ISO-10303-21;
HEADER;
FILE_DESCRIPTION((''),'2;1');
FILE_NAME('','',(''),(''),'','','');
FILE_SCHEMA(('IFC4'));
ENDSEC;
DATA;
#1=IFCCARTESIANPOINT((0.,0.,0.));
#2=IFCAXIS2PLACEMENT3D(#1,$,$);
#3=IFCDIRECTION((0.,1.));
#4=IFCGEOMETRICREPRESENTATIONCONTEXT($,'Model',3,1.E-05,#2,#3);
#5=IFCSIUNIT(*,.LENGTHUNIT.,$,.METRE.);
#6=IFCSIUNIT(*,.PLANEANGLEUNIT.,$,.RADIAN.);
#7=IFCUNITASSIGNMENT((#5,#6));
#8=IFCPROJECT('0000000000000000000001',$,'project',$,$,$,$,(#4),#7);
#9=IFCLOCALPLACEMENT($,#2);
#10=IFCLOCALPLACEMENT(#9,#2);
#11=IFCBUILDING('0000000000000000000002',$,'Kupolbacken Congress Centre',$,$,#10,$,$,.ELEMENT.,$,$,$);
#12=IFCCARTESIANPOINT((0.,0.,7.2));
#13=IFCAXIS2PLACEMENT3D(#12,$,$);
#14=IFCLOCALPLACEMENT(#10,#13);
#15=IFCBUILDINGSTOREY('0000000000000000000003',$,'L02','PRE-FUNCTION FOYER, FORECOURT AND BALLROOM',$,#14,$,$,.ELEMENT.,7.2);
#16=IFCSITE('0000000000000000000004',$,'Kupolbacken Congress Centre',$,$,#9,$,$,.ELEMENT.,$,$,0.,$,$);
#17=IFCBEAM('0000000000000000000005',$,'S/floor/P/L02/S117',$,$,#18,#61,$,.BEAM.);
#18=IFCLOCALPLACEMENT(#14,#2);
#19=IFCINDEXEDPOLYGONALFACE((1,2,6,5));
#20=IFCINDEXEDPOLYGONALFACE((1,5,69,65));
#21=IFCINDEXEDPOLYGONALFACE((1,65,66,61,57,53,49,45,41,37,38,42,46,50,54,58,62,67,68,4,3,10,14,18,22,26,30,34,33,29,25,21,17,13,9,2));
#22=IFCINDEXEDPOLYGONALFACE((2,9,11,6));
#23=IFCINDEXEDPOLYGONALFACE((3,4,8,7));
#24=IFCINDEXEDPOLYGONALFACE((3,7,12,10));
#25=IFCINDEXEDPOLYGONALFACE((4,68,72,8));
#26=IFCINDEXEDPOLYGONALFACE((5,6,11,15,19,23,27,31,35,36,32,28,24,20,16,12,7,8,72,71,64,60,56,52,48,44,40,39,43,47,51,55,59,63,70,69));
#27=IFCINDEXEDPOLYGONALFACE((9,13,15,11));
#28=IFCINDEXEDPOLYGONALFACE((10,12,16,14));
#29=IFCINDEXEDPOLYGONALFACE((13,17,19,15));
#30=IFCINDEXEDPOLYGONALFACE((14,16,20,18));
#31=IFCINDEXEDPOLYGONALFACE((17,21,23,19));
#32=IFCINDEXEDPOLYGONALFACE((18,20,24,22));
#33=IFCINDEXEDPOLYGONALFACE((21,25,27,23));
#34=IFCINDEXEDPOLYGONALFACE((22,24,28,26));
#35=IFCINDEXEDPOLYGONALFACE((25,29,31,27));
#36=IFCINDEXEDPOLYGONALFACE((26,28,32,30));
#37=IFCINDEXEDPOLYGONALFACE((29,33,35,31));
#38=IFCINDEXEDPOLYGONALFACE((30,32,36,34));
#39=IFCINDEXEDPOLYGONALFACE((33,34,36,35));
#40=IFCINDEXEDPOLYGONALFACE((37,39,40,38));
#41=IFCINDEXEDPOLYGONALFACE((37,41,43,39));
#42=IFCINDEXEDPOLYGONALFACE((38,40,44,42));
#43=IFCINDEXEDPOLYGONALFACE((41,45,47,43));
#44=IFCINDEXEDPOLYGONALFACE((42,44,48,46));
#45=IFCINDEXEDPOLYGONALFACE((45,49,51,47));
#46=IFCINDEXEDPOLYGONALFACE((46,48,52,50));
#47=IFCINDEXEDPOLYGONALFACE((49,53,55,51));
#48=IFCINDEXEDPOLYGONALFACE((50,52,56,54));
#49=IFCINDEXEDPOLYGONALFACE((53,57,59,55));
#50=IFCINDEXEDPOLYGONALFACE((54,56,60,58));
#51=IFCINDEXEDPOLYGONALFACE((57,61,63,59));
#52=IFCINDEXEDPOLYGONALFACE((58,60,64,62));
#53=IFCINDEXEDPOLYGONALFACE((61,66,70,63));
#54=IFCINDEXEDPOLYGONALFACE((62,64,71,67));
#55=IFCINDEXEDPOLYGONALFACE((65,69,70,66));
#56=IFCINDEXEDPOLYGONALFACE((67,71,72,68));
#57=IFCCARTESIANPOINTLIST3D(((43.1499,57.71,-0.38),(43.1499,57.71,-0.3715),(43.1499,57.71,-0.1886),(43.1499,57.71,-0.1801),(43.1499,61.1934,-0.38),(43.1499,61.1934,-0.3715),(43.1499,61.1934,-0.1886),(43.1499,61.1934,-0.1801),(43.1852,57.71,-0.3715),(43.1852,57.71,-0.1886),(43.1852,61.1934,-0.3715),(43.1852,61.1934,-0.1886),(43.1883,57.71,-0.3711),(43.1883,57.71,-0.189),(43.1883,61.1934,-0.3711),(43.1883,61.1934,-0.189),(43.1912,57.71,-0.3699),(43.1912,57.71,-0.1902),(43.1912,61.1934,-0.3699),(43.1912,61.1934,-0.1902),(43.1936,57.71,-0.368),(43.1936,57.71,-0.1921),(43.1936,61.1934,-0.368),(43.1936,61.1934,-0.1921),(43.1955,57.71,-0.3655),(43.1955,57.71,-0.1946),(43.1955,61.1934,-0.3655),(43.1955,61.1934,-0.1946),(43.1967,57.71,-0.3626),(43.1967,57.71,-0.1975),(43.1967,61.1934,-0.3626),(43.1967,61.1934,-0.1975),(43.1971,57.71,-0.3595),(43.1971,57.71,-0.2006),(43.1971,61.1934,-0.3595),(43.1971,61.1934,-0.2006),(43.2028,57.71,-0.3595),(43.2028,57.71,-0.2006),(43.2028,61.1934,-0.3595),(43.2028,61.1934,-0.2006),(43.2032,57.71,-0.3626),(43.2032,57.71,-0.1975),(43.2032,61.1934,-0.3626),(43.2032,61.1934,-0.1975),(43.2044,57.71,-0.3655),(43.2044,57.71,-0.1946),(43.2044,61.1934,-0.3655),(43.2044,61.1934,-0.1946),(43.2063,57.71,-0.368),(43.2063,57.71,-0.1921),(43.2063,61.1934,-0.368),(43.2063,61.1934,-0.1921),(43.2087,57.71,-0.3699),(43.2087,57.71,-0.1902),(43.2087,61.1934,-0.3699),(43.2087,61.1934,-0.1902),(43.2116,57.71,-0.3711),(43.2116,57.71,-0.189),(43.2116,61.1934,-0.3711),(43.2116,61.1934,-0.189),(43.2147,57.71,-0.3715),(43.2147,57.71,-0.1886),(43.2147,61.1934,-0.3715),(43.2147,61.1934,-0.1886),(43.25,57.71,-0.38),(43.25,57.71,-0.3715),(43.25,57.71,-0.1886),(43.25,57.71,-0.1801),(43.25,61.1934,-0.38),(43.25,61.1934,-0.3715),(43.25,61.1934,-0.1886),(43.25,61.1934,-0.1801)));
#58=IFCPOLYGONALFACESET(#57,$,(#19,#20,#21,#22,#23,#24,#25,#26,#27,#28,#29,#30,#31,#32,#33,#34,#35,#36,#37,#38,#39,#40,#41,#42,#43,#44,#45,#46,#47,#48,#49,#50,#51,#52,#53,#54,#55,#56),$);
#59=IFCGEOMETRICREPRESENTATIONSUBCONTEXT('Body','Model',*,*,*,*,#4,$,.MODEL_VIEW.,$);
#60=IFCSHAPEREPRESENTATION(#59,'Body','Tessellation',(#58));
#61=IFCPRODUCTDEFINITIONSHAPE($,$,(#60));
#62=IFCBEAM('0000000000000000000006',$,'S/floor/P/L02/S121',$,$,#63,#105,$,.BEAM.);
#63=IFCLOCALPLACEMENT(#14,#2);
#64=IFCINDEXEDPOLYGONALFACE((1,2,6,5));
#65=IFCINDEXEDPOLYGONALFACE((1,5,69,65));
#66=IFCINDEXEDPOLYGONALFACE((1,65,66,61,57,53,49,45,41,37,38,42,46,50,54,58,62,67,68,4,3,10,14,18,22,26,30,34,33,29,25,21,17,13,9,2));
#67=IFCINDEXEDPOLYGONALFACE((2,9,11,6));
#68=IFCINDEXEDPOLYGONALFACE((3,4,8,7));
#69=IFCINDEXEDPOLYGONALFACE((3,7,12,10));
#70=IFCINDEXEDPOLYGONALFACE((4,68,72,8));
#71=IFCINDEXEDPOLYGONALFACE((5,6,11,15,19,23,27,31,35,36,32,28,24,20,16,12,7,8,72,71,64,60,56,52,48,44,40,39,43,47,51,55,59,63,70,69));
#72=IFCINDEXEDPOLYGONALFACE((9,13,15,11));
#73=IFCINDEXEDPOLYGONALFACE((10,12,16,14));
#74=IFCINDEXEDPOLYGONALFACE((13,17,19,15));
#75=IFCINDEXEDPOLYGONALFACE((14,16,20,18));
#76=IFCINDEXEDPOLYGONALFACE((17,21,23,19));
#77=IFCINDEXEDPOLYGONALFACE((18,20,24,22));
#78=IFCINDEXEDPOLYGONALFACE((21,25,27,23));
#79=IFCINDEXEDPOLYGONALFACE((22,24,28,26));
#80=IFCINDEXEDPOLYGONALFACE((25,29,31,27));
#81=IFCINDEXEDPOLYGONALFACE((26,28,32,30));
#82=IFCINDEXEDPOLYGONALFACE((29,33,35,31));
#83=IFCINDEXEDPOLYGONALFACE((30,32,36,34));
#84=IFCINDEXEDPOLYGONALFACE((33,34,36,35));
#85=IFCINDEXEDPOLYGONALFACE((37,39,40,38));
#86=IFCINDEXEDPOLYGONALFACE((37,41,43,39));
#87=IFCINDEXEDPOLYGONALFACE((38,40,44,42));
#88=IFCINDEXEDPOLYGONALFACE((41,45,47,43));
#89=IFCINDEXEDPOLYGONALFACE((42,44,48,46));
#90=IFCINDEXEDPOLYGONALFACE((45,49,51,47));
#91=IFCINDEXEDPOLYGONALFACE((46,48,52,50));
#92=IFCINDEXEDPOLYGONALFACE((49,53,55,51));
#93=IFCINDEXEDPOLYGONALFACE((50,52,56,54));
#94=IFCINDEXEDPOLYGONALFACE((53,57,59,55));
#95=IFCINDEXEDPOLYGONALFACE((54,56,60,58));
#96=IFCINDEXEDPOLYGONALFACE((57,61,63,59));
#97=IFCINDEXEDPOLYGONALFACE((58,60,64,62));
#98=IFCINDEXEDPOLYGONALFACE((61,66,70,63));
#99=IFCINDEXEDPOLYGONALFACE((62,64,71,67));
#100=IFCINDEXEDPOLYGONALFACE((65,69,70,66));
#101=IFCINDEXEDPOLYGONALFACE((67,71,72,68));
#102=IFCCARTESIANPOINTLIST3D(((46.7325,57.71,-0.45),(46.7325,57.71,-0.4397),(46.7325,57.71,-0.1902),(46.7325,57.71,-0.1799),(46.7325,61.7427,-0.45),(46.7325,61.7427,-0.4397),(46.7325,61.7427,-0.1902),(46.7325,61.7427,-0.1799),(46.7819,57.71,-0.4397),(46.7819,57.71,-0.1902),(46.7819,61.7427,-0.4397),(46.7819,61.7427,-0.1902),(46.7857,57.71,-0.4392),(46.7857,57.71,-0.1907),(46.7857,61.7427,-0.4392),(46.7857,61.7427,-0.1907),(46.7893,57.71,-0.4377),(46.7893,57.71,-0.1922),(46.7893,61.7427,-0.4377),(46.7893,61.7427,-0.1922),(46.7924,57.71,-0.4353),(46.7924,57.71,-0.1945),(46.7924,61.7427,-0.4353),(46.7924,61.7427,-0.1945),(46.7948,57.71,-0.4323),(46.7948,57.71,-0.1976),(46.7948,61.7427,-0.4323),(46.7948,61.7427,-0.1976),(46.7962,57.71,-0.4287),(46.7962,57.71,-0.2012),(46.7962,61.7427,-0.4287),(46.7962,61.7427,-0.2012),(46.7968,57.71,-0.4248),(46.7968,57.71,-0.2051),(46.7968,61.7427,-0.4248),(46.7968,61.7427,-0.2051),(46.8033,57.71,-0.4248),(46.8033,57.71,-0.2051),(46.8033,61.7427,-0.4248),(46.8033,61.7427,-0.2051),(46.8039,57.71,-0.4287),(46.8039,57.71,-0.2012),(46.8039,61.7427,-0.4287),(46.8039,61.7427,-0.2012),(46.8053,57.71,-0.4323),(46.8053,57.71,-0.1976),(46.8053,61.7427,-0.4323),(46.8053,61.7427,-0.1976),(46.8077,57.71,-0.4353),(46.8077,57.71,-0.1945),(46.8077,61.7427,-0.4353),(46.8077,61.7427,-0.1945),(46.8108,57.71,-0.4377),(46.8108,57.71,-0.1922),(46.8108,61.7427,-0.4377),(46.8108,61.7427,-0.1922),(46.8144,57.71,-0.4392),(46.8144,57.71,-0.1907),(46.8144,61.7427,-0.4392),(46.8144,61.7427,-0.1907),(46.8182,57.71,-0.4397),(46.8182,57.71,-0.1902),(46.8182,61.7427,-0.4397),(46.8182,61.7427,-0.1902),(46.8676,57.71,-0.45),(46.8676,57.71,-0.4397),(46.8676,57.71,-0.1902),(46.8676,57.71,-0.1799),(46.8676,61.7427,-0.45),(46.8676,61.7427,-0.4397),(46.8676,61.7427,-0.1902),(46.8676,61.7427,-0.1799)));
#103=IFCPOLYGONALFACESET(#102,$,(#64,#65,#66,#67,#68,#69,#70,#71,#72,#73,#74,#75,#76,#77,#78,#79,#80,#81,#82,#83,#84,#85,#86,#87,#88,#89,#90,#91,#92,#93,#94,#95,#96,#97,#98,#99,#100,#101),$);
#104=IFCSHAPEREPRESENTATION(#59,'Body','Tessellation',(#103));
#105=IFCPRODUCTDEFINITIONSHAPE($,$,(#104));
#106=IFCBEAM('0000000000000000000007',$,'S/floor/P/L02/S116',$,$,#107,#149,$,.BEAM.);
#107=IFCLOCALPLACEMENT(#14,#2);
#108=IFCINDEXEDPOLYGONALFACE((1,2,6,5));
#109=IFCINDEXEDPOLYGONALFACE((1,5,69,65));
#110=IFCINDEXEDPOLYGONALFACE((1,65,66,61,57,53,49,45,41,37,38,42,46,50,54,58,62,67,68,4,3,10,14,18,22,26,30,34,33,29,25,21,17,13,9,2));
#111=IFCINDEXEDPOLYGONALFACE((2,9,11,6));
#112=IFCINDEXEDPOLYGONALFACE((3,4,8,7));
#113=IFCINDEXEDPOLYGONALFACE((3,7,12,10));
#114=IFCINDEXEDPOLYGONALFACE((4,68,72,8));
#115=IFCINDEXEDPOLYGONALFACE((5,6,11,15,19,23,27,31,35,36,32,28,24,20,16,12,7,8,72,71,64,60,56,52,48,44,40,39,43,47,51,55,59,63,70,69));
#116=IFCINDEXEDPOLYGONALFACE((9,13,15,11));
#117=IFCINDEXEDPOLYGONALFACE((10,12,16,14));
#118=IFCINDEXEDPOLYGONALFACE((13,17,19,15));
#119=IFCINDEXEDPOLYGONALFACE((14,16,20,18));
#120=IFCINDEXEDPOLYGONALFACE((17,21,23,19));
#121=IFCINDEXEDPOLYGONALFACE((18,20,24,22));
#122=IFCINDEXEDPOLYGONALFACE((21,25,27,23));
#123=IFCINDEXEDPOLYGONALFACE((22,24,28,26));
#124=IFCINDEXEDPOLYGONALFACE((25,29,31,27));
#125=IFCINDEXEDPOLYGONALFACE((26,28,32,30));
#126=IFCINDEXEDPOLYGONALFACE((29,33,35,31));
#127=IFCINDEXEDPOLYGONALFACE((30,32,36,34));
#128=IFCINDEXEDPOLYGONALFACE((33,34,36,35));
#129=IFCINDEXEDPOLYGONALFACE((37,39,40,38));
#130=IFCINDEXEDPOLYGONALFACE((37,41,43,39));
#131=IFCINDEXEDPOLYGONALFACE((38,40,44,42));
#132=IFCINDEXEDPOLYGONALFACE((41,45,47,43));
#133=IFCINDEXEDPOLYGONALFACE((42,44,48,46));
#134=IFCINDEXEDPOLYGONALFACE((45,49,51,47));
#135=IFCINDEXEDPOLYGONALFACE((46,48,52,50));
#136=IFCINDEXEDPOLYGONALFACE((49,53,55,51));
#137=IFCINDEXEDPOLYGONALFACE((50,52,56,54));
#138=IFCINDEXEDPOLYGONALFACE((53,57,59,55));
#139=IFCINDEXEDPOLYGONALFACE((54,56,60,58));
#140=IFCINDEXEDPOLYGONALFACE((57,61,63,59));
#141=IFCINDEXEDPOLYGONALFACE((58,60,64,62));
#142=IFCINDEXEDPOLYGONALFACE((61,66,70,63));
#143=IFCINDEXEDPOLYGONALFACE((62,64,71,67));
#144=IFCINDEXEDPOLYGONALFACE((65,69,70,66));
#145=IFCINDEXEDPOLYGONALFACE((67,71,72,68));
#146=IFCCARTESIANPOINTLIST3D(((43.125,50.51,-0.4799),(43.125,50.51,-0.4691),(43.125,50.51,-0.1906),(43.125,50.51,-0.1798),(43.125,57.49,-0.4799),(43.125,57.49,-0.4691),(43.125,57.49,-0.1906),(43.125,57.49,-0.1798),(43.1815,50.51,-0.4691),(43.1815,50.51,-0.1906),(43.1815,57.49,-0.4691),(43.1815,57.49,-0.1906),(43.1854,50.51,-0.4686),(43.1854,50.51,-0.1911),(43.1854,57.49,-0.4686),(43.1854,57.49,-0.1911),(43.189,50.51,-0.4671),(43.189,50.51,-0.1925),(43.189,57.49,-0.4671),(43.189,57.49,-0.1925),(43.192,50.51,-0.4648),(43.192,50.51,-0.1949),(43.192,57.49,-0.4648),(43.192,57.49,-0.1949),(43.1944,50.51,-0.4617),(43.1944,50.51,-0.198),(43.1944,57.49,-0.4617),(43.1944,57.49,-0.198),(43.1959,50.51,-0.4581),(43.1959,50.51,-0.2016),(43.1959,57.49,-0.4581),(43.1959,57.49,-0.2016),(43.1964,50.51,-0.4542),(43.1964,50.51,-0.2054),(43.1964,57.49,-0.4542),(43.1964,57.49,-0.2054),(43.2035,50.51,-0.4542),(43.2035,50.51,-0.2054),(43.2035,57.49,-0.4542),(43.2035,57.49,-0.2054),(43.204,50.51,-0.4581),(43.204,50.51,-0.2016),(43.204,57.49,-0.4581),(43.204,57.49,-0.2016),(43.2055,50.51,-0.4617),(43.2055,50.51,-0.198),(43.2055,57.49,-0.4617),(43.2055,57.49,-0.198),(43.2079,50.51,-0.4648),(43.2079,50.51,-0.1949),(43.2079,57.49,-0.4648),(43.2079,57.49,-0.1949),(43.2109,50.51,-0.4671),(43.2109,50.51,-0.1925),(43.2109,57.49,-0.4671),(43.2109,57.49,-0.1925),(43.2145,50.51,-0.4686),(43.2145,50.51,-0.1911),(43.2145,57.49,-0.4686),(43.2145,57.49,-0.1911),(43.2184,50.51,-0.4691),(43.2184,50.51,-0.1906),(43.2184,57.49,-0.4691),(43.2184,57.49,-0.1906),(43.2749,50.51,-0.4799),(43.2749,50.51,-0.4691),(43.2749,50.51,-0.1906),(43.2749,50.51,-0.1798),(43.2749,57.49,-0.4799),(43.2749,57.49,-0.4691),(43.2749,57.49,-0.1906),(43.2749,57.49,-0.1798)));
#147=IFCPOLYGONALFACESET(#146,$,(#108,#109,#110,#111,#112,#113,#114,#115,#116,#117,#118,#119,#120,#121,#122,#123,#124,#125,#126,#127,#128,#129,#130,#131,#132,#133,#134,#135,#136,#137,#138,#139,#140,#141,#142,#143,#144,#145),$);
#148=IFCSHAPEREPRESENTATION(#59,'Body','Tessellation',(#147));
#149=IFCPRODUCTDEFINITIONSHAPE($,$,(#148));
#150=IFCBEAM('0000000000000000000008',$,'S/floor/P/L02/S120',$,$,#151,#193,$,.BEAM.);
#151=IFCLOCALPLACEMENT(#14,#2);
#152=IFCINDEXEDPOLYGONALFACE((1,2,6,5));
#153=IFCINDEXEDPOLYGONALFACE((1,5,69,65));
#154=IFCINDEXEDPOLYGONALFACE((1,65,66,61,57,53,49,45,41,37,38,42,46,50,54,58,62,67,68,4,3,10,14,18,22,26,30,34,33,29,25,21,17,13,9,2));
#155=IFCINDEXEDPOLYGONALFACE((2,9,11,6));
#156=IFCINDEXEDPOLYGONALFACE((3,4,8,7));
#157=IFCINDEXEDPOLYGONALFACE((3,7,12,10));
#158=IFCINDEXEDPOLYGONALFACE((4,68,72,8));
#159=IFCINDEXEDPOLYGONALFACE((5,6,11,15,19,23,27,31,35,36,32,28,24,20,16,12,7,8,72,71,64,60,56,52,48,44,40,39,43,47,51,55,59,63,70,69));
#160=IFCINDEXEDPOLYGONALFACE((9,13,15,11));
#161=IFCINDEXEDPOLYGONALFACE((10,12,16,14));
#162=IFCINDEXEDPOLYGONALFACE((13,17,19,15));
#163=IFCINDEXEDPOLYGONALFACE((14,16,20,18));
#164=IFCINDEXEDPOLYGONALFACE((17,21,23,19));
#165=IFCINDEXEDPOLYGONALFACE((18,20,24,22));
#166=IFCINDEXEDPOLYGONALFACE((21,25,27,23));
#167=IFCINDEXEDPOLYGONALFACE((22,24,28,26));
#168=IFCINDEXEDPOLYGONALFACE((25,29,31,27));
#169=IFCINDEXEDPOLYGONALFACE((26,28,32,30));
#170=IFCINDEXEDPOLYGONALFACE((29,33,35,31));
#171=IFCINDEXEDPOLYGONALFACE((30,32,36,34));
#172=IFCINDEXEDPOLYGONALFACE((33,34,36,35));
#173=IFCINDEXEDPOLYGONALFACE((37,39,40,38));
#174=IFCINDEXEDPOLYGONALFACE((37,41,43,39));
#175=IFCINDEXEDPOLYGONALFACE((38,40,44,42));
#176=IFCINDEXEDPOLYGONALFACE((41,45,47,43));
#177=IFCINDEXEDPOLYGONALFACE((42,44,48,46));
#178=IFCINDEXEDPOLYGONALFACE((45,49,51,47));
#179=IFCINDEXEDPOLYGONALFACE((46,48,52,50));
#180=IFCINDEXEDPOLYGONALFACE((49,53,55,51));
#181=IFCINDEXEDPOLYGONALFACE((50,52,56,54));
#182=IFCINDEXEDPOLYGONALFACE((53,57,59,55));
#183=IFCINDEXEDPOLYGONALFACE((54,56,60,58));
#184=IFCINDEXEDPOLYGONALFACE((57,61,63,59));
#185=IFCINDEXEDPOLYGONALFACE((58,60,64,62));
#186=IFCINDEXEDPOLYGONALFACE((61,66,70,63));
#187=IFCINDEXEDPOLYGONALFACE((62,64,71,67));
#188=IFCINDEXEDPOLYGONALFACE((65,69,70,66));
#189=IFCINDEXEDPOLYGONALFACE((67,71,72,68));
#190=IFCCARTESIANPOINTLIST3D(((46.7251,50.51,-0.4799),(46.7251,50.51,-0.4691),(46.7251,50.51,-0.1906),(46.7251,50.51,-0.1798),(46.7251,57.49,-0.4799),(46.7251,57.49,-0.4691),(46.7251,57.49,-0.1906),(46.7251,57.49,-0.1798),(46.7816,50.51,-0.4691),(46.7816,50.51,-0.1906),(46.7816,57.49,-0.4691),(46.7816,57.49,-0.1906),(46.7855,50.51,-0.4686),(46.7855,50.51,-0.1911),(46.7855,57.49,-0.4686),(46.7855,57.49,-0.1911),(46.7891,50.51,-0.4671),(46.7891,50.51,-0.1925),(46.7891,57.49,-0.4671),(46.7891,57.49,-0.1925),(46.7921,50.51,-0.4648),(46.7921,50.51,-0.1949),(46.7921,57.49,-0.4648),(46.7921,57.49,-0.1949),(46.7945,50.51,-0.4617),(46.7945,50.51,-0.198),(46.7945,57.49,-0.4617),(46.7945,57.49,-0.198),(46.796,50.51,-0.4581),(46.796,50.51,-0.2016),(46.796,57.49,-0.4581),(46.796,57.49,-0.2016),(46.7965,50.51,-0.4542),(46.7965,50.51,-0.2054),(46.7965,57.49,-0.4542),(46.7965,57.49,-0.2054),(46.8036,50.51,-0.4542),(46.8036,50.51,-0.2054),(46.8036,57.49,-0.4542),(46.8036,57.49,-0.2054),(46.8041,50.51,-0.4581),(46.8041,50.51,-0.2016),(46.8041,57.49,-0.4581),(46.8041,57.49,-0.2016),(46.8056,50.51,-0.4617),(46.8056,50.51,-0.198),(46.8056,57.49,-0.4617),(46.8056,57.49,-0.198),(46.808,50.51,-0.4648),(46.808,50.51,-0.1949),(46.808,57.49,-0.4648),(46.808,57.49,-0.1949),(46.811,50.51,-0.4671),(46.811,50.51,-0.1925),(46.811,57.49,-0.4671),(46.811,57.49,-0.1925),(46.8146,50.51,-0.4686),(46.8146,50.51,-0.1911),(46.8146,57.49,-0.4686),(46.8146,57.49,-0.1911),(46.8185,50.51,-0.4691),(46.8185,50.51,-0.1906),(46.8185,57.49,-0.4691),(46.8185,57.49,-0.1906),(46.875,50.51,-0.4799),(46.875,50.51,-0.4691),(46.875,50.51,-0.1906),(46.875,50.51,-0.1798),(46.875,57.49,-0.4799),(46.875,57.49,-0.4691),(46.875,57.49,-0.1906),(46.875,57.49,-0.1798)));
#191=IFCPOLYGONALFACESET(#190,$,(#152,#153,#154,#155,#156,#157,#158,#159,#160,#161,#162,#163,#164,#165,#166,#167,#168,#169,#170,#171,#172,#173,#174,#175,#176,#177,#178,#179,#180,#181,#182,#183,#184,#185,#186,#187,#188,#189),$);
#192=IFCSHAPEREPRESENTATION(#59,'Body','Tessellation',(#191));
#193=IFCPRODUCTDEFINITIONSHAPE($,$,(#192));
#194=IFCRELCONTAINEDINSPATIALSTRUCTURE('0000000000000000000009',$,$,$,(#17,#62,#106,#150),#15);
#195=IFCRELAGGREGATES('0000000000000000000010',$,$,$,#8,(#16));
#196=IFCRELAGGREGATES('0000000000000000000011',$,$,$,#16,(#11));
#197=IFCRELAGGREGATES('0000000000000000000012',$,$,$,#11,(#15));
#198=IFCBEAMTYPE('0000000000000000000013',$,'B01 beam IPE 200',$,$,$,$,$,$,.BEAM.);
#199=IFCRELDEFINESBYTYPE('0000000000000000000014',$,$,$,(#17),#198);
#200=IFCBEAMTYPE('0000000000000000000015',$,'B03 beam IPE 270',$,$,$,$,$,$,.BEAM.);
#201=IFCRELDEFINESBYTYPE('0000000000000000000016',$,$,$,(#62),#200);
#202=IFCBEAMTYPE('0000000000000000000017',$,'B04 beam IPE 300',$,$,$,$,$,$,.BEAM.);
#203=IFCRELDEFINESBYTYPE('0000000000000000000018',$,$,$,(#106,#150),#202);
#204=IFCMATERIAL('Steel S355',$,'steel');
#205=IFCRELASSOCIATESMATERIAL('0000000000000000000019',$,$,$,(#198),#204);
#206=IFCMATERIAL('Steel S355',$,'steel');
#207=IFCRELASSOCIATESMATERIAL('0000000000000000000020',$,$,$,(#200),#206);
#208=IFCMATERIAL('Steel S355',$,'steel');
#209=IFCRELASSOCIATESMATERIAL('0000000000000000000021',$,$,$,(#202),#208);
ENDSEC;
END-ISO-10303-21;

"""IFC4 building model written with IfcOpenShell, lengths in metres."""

from ifc_helpers import new_model, si_unit, direction, frame, origin, origin_2d, place, context, subcontext, project, spatial, i_section, extrude, material, material_profile, profile_set, type_object, element, save


model = new_model("IFC4")

# Units and contexts
model_context = context("Model", 3, precision=1e-05, world=origin(), true_north=direction((0.0, 1.0)))
body_context = subcontext(model_context, "Body", "Model", "MODEL_VIEW")
ifc_project = project(units=[si_unit("LENGTHUNIT", "METRE"), si_unit("PLANEANGLEUNIT", "RADIAN")], contexts=[model_context])

# Site, building, storey
site_placement = place(None, origin())
site = spatial("IfcSite", under=ifc_project, at=site_placement, Name="Kupolbacken Congress Centre", CompositionType="ELEMENT", RefElevation=0.0)
building_placement = place(site_placement, origin())
building = spatial("IfcBuilding", under=site, at=building_placement, Name="Kupolbacken Congress Centre", CompositionType="ELEMENT")
storey_placement = place(building_placement, frame((0.0, 0.0, 7.2)))
storey = spatial("IfcBuildingStorey", under=building, at=storey_placement, Name="L02", Description="PRE-FUNCTION FOYER, FORECOURT AND BALLROOM", CompositionType="ELEMENT", Elevation=7.2)

# Beams
ifc_material_1 = material(Name="Steel S355", Category="steel")
ifc_material_profile_1 = material_profile(ifc_material_1, i_section(OverallWidth=0.1001, OverallDepth=0.2, WebThickness=0.0056, FlangeThickness=0.0085, FilletRadius=0.012, at=origin_2d()), Name="IPE 200")
ifc_profile_set_1 = profile_set([ifc_material_profile_1], Name="Steel S355")
beam_type_1 = type_object("IfcBeamType", Name="B01 beam IPE 200", PredefinedType="BEAM", material=ifc_profile_set_1)
beam_1_placement = place(storey_placement, frame((43.2, 57.71, -0.28), z_axis=(0.0, 1.0, 0.0), x_axis=(-1.0, 0.0, 0.0)))
element("IfcBeam", 1, at=beam_1_placement, inside=storey, type_object=beam_type_1, Name="S/floor/P/L02/S117", PredefinedType="BEAM", context=body_context, shape_type="SweptSolid", body=[
    extrude(i_section(OverallWidth=0.1001, OverallDepth=0.2, WebThickness=0.0056, FlangeThickness=0.0085, FilletRadius=0.012, at=origin_2d()), origin(), (0.0, 0.0, 1.0), 3.4834),
])
ifc_material_2 = material(Name="Steel S355", Category="steel")
ifc_material_profile_2 = material_profile(ifc_material_2, i_section(OverallWidth=0.135, OverallDepth=0.27, WebThickness=0.0066, FlangeThickness=0.0103, FilletRadius=0.0149, at=origin_2d()), Name="IPE 270")
ifc_profile_set_2 = profile_set([ifc_material_profile_2], Name="Steel S355")
beam_type_2 = type_object("IfcBeamType", Name="B03 beam IPE 270", PredefinedType="BEAM", material=ifc_profile_set_2)
beam_2_placement = place(storey_placement, frame((46.8, 57.71, -0.3149), z_axis=(0.0, 1.0, 0.0), x_axis=(-1.0, 0.0, 0.0)))
element("IfcBeam", 2, at=beam_2_placement, inside=storey, type_object=beam_type_2, Name="S/floor/P/L02/S121", PredefinedType="BEAM", context=body_context, shape_type="SweptSolid", body=[
    extrude(i_section(OverallWidth=0.135, OverallDepth=0.27, WebThickness=0.0066, FlangeThickness=0.0103, FilletRadius=0.0149, at=origin_2d()), origin(), (0.0, 0.0, 1.0), 4.0327),
])
ifc_material_3 = material(Name="Steel S355", Category="steel")
ifc_material_profile_3 = material_profile(ifc_material_3, i_section(OverallWidth=0.1499, OverallDepth=0.3, WebThickness=0.0071, FlangeThickness=0.0107, FilletRadius=0.0149, at=origin_2d()), Name="IPE 300")
ifc_profile_set_3 = profile_set([ifc_material_profile_3], Name="Steel S355")
beam_type_3 = type_object("IfcBeamType", Name="B04 beam IPE 300", PredefinedType="BEAM", material=ifc_profile_set_3)
for number, where, z_axis, x_axis, name in (
    (3, (43.2, 50.51, -0.3298), (0.0, 1.0, 0.0), (-1.0, 0.0, 0.0), "S/floor/P/L02/S116"),
    (4, (46.8, 50.51, -0.3298), (0.0, 1.0, 0.0), (-1.0, 0.0, 0.0), "S/floor/P/L02/S120"),
):
    element("IfcBeam", number, at=place(storey_placement, frame(where, z_axis=z_axis, x_axis=x_axis)), inside=storey, type_object=beam_type_3, Name=name, PredefinedType="BEAM", context=body_context, shape_type="SweptSolid", body=[
        extrude(i_section(OverallWidth=0.1499, OverallDepth=0.3, WebThickness=0.0071, FlangeThickness=0.0107, FilletRadius=0.0149, at=origin_2d()), origin(), (0.0, 0.0, 1.0), 6.98),
    ])

save(model, "model.ifc")
